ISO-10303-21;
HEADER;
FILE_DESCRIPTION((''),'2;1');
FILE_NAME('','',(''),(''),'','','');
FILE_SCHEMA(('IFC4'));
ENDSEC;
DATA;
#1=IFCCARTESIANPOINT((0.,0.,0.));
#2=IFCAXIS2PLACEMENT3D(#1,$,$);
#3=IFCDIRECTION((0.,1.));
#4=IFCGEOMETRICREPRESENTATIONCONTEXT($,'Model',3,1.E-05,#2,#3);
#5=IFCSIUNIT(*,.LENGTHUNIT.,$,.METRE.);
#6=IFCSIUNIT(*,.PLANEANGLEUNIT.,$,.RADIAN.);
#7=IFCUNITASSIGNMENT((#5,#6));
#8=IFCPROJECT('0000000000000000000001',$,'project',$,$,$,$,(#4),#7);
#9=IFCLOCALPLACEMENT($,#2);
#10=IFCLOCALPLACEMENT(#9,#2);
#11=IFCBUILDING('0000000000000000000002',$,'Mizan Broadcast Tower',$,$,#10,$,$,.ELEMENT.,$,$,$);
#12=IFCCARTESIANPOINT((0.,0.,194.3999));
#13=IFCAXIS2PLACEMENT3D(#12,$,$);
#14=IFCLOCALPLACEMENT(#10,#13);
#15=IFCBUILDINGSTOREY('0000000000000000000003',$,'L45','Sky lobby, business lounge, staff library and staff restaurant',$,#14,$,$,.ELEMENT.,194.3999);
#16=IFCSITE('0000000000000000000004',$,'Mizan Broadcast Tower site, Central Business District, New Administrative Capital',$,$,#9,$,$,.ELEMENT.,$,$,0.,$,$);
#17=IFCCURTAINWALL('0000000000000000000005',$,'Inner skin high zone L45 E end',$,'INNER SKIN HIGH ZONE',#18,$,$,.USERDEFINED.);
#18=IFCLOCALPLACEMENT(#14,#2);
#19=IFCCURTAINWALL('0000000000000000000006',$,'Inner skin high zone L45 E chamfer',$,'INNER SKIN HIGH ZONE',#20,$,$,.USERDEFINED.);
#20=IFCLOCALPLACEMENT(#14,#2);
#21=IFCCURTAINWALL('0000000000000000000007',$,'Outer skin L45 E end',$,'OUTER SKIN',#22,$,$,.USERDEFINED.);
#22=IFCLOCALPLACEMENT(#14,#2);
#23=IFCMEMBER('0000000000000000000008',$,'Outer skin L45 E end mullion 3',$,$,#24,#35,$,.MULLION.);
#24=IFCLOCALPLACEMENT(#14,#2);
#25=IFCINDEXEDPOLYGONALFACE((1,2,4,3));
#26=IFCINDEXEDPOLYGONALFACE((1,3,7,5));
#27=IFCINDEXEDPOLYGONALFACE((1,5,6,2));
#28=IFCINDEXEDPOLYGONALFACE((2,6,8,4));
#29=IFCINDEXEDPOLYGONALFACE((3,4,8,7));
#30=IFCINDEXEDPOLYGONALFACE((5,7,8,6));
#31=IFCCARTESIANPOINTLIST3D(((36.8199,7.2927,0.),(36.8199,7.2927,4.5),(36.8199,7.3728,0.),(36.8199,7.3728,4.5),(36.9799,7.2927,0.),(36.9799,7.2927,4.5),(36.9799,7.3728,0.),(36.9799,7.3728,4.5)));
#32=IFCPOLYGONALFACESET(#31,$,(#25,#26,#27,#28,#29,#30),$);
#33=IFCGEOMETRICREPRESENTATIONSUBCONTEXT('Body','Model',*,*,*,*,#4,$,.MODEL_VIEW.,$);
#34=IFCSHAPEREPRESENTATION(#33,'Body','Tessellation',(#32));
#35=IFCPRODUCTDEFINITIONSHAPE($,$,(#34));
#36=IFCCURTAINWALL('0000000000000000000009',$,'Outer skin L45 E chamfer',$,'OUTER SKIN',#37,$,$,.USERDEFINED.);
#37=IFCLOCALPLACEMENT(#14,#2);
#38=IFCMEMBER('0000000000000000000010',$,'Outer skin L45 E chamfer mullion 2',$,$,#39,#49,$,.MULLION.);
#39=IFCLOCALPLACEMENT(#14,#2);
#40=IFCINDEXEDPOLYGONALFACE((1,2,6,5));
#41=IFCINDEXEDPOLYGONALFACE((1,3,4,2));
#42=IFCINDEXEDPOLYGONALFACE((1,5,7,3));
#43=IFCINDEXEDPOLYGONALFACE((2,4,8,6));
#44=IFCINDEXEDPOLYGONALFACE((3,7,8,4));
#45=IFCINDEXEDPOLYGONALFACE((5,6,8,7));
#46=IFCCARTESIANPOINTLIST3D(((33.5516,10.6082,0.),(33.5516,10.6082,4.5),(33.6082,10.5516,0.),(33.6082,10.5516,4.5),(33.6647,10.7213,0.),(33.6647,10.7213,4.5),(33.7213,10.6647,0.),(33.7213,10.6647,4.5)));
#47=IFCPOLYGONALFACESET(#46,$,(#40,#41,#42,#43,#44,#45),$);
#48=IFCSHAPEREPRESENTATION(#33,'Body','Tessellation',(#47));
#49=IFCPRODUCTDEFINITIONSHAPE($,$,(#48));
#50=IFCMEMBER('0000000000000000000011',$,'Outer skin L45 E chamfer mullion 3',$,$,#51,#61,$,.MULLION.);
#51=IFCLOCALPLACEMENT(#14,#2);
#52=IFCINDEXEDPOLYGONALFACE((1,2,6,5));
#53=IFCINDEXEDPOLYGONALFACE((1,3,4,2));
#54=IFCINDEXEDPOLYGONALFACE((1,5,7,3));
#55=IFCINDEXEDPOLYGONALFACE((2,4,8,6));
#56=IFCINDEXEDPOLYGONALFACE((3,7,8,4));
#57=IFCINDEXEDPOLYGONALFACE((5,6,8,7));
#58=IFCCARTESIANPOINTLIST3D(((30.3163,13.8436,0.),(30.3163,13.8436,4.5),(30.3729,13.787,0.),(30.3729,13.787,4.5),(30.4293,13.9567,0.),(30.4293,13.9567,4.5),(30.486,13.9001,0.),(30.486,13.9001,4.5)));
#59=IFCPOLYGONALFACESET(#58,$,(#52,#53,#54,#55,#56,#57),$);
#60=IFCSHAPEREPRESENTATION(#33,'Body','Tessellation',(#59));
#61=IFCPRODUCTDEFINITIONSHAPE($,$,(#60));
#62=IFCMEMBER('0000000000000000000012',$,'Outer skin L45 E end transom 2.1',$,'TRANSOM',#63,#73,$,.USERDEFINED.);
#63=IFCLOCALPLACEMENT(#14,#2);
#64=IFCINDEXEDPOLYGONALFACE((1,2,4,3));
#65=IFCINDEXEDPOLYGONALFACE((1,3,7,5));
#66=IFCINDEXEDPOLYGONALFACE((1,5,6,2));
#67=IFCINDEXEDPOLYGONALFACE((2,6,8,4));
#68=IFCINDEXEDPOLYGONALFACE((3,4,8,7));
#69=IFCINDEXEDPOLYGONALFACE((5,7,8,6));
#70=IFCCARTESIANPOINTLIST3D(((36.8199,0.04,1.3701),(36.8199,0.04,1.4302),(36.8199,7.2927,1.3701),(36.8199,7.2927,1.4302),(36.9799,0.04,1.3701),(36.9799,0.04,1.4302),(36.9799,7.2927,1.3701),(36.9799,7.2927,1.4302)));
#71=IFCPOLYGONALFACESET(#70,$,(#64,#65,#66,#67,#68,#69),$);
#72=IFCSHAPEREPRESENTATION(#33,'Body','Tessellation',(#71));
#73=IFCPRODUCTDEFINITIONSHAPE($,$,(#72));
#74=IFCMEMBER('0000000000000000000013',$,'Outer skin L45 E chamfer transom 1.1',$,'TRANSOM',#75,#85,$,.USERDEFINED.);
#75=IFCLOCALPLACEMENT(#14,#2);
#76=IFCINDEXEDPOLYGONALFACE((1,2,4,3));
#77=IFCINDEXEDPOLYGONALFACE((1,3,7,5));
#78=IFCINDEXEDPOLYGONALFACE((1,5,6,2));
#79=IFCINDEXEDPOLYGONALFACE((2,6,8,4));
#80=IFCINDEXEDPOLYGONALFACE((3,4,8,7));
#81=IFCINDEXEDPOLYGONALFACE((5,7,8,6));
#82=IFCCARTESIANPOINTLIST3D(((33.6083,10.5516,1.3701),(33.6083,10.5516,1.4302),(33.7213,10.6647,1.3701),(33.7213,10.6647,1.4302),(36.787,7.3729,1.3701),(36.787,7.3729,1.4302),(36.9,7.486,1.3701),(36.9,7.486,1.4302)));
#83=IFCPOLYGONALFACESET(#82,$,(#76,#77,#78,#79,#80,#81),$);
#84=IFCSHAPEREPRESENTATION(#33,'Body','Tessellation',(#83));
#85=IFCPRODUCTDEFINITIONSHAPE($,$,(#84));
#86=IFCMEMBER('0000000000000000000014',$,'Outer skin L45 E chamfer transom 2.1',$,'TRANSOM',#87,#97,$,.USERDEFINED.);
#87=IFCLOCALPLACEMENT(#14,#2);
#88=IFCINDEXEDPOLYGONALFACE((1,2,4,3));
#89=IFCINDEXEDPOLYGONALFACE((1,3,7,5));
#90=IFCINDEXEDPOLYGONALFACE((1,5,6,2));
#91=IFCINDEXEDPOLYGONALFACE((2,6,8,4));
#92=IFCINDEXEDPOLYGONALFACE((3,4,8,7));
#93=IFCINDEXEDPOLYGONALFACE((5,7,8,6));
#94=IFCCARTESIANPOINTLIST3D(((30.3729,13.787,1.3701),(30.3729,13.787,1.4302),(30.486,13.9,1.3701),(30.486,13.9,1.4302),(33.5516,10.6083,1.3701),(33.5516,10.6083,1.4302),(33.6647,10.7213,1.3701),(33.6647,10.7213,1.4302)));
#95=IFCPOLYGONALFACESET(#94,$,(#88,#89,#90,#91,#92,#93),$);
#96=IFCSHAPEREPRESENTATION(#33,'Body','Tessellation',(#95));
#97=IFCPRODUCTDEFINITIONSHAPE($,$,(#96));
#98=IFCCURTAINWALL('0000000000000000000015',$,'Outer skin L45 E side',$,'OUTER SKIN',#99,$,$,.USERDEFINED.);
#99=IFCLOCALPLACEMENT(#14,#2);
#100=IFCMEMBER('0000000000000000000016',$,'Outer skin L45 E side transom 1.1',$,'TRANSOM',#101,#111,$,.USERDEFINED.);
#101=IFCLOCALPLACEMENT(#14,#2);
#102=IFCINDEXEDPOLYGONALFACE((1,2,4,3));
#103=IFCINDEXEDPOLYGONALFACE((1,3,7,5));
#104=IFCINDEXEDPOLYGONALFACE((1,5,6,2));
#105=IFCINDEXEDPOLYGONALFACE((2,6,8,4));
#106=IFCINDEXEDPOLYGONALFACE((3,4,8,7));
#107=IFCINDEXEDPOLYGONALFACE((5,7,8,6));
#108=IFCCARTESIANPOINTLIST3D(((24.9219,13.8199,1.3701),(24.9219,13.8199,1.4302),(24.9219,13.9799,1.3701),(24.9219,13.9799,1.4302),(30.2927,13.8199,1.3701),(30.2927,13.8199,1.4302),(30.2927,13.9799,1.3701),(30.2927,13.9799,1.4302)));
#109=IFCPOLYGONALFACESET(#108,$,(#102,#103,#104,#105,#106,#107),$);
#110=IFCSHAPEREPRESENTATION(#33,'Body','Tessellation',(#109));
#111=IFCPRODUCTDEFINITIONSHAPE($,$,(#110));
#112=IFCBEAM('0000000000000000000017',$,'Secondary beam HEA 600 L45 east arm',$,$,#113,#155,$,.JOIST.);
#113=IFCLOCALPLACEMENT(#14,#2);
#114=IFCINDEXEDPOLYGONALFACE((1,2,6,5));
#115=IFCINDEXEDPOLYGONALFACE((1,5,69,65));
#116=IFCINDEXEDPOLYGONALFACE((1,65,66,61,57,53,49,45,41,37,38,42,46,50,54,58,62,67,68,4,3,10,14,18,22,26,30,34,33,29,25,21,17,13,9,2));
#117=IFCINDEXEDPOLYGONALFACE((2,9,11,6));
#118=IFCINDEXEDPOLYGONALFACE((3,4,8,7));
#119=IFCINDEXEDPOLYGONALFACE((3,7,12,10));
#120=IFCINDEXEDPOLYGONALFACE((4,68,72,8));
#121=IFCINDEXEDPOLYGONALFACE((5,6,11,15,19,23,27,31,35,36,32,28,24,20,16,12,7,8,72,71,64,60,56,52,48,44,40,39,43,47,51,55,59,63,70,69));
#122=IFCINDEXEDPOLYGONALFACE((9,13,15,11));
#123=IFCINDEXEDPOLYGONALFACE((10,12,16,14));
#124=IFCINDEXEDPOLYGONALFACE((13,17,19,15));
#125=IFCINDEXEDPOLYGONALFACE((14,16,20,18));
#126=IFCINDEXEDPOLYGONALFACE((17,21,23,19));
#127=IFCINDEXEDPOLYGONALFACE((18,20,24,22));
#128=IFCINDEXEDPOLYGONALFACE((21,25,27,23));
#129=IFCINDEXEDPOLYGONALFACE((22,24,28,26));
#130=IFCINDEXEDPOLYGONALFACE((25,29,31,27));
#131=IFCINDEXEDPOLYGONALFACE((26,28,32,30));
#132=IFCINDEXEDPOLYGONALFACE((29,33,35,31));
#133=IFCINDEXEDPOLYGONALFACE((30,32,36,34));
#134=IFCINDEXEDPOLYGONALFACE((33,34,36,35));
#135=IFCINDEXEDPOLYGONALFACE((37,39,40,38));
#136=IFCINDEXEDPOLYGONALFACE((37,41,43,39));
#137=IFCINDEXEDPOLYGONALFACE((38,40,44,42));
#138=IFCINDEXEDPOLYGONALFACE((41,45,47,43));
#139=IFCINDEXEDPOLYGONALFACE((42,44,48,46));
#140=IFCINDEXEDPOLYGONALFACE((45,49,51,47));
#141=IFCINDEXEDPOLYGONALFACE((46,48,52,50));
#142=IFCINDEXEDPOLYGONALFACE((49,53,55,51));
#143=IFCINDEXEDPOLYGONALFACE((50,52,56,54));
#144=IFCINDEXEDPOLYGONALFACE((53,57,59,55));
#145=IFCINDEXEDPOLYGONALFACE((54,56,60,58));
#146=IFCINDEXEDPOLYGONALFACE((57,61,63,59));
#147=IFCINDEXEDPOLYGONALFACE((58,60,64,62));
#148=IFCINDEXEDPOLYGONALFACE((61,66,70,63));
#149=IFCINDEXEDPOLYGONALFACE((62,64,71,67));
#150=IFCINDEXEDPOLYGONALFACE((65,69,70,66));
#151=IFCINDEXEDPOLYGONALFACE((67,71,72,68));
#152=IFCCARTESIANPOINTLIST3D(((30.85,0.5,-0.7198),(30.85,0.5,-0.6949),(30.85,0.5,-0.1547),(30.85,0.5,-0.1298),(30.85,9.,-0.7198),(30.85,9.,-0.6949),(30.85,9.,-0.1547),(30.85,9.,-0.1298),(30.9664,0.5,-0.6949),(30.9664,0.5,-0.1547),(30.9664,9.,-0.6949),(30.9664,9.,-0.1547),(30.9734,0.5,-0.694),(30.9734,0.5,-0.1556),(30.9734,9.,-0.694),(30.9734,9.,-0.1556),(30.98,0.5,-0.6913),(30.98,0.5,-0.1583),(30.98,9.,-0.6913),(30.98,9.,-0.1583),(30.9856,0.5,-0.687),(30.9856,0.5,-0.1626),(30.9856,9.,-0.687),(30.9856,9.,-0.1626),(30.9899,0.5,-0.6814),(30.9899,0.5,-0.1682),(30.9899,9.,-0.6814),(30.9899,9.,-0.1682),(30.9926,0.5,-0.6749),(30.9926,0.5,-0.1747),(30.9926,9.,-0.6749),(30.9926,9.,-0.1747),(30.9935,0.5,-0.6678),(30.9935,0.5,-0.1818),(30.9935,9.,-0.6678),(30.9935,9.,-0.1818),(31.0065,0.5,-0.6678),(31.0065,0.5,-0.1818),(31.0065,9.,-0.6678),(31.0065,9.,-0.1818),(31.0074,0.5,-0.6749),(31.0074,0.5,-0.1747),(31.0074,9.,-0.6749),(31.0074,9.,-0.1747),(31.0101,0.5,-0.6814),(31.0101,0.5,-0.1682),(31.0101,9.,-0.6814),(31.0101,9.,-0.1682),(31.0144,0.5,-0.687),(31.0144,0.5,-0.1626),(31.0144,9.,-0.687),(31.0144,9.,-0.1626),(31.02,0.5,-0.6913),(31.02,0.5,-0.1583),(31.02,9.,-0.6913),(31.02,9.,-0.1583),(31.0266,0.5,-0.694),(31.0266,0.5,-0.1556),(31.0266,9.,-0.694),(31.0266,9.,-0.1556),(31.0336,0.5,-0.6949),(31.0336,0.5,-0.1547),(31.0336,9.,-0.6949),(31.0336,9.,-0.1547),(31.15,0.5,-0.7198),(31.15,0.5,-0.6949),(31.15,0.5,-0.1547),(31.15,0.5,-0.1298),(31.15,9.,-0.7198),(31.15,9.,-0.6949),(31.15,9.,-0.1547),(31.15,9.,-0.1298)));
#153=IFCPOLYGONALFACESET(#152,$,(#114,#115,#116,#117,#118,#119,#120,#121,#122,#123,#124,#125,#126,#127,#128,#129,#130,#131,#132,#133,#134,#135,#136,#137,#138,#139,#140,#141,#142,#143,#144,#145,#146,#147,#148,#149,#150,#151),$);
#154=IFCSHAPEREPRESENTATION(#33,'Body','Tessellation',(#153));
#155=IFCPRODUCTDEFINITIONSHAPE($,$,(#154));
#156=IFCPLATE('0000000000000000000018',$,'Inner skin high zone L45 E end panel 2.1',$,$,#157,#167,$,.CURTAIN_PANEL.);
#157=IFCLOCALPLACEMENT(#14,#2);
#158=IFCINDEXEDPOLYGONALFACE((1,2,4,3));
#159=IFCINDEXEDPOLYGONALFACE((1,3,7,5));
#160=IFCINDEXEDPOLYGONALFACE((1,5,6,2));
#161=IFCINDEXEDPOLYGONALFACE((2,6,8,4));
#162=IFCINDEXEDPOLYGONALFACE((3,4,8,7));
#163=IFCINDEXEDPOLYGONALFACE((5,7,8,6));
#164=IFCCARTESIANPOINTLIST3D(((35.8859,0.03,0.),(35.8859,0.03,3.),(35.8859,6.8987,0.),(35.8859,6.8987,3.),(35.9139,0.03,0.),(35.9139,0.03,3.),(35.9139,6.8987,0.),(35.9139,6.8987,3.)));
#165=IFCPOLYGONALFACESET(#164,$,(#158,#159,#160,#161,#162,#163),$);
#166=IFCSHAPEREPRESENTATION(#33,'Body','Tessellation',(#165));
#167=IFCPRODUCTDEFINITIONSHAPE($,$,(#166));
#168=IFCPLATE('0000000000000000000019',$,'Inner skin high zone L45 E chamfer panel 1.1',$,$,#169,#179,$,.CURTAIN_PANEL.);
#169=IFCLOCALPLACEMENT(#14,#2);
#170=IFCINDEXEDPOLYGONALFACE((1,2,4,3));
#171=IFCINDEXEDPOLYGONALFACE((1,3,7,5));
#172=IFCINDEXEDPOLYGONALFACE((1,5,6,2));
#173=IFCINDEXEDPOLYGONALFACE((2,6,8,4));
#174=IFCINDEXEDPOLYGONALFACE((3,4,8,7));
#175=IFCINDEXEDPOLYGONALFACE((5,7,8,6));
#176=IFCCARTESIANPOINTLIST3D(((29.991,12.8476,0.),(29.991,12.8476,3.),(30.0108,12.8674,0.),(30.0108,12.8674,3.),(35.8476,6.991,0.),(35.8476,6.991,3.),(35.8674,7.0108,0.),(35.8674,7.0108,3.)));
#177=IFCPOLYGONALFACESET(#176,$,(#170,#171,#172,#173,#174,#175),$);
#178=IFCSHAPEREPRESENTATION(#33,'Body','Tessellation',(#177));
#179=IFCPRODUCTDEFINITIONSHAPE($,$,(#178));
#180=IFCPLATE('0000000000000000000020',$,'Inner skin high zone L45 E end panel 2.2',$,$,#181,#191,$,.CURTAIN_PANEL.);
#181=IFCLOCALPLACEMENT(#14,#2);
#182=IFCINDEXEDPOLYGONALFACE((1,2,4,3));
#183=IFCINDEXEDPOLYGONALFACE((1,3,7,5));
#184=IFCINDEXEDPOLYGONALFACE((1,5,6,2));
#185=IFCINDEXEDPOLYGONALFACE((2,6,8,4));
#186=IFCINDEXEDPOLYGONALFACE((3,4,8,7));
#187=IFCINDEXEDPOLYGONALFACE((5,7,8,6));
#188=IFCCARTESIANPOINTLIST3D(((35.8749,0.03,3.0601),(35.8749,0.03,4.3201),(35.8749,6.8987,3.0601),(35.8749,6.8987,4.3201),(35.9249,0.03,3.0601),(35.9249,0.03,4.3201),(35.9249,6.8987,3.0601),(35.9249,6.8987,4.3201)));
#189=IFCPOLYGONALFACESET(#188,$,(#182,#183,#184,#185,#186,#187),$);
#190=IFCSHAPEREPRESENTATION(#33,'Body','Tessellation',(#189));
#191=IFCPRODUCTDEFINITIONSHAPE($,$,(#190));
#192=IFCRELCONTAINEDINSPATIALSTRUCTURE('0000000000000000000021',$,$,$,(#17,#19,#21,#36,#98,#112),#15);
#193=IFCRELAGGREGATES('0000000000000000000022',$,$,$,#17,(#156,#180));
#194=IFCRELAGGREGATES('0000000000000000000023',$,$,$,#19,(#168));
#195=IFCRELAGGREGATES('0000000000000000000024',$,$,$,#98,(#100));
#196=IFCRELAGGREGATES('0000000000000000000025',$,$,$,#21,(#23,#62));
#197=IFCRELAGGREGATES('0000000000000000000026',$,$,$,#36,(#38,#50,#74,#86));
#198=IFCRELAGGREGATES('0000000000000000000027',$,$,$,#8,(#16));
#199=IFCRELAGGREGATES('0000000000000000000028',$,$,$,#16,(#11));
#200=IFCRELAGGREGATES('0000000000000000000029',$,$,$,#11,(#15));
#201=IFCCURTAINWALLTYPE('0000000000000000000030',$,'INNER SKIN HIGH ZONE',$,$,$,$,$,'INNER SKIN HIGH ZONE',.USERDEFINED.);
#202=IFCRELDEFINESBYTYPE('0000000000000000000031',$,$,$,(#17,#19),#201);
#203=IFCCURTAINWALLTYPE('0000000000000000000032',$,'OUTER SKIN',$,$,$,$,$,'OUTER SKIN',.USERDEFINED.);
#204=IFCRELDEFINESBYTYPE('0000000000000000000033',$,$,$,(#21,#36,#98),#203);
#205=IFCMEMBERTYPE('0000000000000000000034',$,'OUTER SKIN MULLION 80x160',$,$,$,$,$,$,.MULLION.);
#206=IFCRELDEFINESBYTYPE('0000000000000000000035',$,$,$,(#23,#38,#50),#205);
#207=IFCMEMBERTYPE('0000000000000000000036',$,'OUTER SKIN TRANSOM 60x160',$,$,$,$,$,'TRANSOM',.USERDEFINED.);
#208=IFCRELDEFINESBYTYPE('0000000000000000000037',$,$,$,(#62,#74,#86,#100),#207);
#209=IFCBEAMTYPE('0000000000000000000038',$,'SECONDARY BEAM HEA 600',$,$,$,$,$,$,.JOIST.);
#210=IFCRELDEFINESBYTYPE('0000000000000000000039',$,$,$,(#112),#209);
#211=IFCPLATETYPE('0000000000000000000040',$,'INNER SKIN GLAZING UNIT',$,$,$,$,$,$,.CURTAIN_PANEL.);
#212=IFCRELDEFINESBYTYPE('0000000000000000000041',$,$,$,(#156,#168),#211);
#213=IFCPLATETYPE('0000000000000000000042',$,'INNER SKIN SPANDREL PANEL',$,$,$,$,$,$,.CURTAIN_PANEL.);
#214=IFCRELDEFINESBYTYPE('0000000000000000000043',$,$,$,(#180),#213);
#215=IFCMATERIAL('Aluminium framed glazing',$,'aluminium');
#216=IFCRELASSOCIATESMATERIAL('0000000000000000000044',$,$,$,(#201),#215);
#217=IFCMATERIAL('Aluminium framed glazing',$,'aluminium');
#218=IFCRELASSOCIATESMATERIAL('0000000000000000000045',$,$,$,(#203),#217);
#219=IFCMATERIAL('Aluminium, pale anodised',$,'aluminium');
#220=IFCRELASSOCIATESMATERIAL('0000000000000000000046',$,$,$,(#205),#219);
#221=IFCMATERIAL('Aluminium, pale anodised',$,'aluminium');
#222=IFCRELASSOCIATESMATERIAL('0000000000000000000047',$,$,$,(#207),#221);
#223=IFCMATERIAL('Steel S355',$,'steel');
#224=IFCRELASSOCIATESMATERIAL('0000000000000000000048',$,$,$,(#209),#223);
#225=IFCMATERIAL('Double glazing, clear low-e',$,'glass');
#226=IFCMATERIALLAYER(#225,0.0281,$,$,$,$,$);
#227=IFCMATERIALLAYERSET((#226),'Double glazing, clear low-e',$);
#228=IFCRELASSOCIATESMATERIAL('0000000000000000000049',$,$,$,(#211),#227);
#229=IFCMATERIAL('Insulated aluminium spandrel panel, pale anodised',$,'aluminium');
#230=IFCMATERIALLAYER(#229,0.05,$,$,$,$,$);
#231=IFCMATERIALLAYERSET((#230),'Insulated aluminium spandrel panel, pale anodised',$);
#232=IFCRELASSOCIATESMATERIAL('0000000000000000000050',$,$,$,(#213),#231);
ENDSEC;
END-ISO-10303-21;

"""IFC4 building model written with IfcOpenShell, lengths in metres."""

from ifc_helpers import new_model, si_unit, direction, frame, origin, origin_2d, place, context, subcontext, project, spatial, rectangle, i_section, extrude, material, layer, layer_set, material_profile, profile_set, type_object, element, aggregate, save


model = new_model("IFC4")

# Units and contexts
model_context = context("Model", 3, precision=1e-05, world=origin(), true_north=direction((0.0, 1.0)))
body_context = subcontext(model_context, "Body", "Model", "MODEL_VIEW")
ifc_project = project(units=[si_unit("LENGTHUNIT", "METRE"), si_unit("PLANEANGLEUNIT", "RADIAN")], contexts=[model_context])

# Site, building, storey
site_placement = place(None, origin())
site = spatial("IfcSite", under=ifc_project, at=site_placement, Name="Mizan Broadcast Tower site, Central Business District, New Administrative Capital", CompositionType="ELEMENT", RefElevation=0.0)
building_placement = place(site_placement, origin())
building = spatial("IfcBuilding", under=site, at=building_placement, Name="Mizan Broadcast Tower", CompositionType="ELEMENT")
storey_placement = place(building_placement, frame((0.0, 0.0, 194.3999)))
storey = spatial("IfcBuildingStorey", under=building, at=storey_placement, Name="L45", Description="Sky lobby, business lounge, staff library and staff restaurant", CompositionType="ELEMENT", Elevation=194.3999)

# Curtain wall
ifc_material_1 = material(Name="Aluminium framed glazing", Category="aluminium")
curtain_wall_type_1 = type_object("IfcCurtainWallType", Name="INNER SKIN HIGH ZONE", ElementType="INNER SKIN HIGH ZONE", PredefinedType="USERDEFINED", material=ifc_material_1)
curtain_wall_1_placement = place(storey_placement, origin())
curtain_wall_1 = element("IfcCurtainWall", 1, at=curtain_wall_1_placement, inside=storey, type_object=curtain_wall_type_1, Name="Inner skin high zone L45 E end", ObjectType="INNER SKIN HIGH ZONE", PredefinedType="USERDEFINED")

# Curtain wall
curtain_wall_2_placement = place(storey_placement, origin())
curtain_wall_2 = element("IfcCurtainWall", 2, at=curtain_wall_2_placement, inside=storey, type_object=curtain_wall_type_1, Name="Inner skin high zone L45 E chamfer", ObjectType="INNER SKIN HIGH ZONE", PredefinedType="USERDEFINED")

# Curtain walls, members
ifc_material_2 = material(Name="Aluminium framed glazing", Category="aluminium")
curtain_wall_type_2 = type_object("IfcCurtainWallType", Name="OUTER SKIN", ElementType="OUTER SKIN", PredefinedType="USERDEFINED", material=ifc_material_2)
curtain_wall_3_placement = place(storey_placement, origin())
curtain_wall_3 = element("IfcCurtainWall", 3, at=curtain_wall_3_placement, inside=storey, type_object=curtain_wall_type_2, Name="Outer skin L45 E end", ObjectType="OUTER SKIN", PredefinedType="USERDEFINED")
ifc_material_3 = material(Name="Aluminium, pale anodised", Category="aluminium")
ifc_material_profile_1 = material_profile(ifc_material_3, rectangle(XDim=0.1599, YDim=0.0801, at=origin_2d()), Name="MULLION 160x80")
ifc_profile_set_1 = profile_set([ifc_material_profile_1], Name="Aluminium, pale anodised")
member_type_1 = type_object("IfcMemberType", Name="OUTER SKIN MULLION 80x160", PredefinedType="MULLION", material=ifc_profile_set_1)
member_1_placement = place(storey_placement, frame((36.8999, 7.3328, 0.0), z_axis=(0.0, 0.0, 1.0), x_axis=(-1.0, 0.0, 0.0)))
member_1 = element("IfcMember", 4, at=member_1_placement, type_object=member_type_1, Name="Outer skin L45 E end mullion 3", PredefinedType="MULLION", context=body_context, shape_type="SweptSolid", body=[
    extrude(rectangle(XDim=0.1599, YDim=0.0801, at=origin_2d()), origin(), (0.0, 0.0, 1.0), 4.5),
])
curtain_wall_4_placement = place(storey_placement, origin())
curtain_wall_4 = element("IfcCurtainWall", 5, at=curtain_wall_4_placement, inside=storey, type_object=curtain_wall_type_2, Name="Outer skin L45 E chamfer", ObjectType="OUTER SKIN", PredefinedType="USERDEFINED")
member_2_placement = place(storey_placement, frame((33.6365, 10.6365, 0.0), z_axis=(0.0, 0.0, 1.0), x_axis=(-0.707107, -0.707107, 0.0)))
member_2 = element("IfcMember", 6, at=member_2_placement, type_object=member_type_1, Name="Outer skin L45 E chamfer mullion 2", PredefinedType="MULLION", context=body_context, shape_type="SweptSolid", body=[
    extrude(rectangle(XDim=0.1599, YDim=0.0801, at=origin_2d()), origin(), (0.0, 0.0, 1.0), 4.5),
])
member_3_placement = place(storey_placement, frame((30.4011, 13.8718, 0.0), z_axis=(0.0, 0.0, 1.0), x_axis=(-0.707107, -0.707107, 0.0)))
member_3 = element("IfcMember", 7, at=member_3_placement, type_object=member_type_1, Name="Outer skin L45 E chamfer mullion 3", PredefinedType="MULLION", context=body_context, shape_type="SweptSolid", body=[
    extrude(rectangle(XDim=0.1599, YDim=0.0801, at=origin_2d()), origin(), (0.0, 0.0, 1.0), 4.5),
])

# Members
ifc_material_4 = material(Name="Aluminium, pale anodised", Category="aluminium")
ifc_material_profile_2 = material_profile(ifc_material_4, rectangle(XDim=0.1599, YDim=0.0601, at=origin_2d()), Name="TRANSOM 160x60")
ifc_profile_set_2 = profile_set([ifc_material_profile_2], Name="Aluminium, pale anodised")
member_type_2 = type_object("IfcMemberType", Name="OUTER SKIN TRANSOM 60x160", ElementType="TRANSOM", PredefinedType="USERDEFINED", material=ifc_profile_set_2)
member_4_placement = place(storey_placement, frame((36.8999, 0.04, 1.4001), z_axis=(0.0, 1.0, 0.0), x_axis=(-1.0, 0.0, 0.0)))
member_4 = element("IfcMember", 8, at=member_4_placement, type_object=member_type_2, Name="Outer skin L45 E end transom 2.1", ObjectType="TRANSOM", PredefinedType="USERDEFINED", context=body_context, shape_type="SweptSolid", body=[
    extrude(rectangle(XDim=0.1599, YDim=0.0601, at=origin_2d()), origin(), (0.0, 0.0, 1.0), 7.2527),
])
member_5_placement = place(storey_placement, frame((36.8435, 7.4294, 1.4001), z_axis=(-0.707107, 0.707107, 0.0), x_axis=(-0.707107, -0.707107, 0.0)))
member_5 = element("IfcMember", 9, at=member_5_placement, type_object=member_type_2, Name="Outer skin L45 E chamfer transom 1.1", ObjectType="TRANSOM", PredefinedType="USERDEFINED", context=body_context, shape_type="SweptSolid", body=[
    extrude(rectangle(XDim=0.1599, YDim=0.0601, at=origin_2d()), origin(), (0.0, 0.0, 1.0), 4.4954),
])
member_6_placement = place(storey_placement, frame((33.6082, 10.6648, 1.4001), z_axis=(-0.707107, 0.707107, 0.0), x_axis=(-0.707107, -0.707107, 0.0)))
member_6 = element("IfcMember", 10, at=member_6_placement, type_object=member_type_2, Name="Outer skin L45 E chamfer transom 2.1", ObjectType="TRANSOM", PredefinedType="USERDEFINED", context=body_context, shape_type="SweptSolid", body=[
    extrude(rectangle(XDim=0.1599, YDim=0.0601, at=origin_2d()), origin(), (0.0, 0.0, 1.0), 4.4954),
])

# Curtain wall, member
curtain_wall_5_placement = place(storey_placement, origin())
curtain_wall_5 = element("IfcCurtainWall", 11, at=curtain_wall_5_placement, inside=storey, type_object=curtain_wall_type_2, Name="Outer skin L45 E side", ObjectType="OUTER SKIN", PredefinedType="USERDEFINED")
member_7_placement = place(storey_placement, frame((30.2927, 13.8999, 1.4001), z_axis=(-1.0, 0.0, 0.0), x_axis=(0.0, -1.0, 0.0)))
member_7 = element("IfcMember", 12, at=member_7_placement, type_object=member_type_2, Name="Outer skin L45 E side transom 1.1", ObjectType="TRANSOM", PredefinedType="USERDEFINED", context=body_context, shape_type="SweptSolid", body=[
    extrude(rectangle(XDim=0.1599, YDim=0.0601, at=origin_2d()), origin(), (0.0, 0.0, 1.0), 5.3708),
])

# Beam
ifc_material_5 = material(Name="Steel S355", Category="steel")
ifc_material_profile_3 = material_profile(ifc_material_5, i_section(OverallWidth=0.3, OverallDepth=0.5901, WebThickness=0.0129, FlangeThickness=0.0249, FilletRadius=0.0271, at=origin_2d()), Name="HEA 600")
ifc_profile_set_3 = profile_set([ifc_material_profile_3], Name="Steel S355")
beam_type_1 = type_object("IfcBeamType", Name="SECONDARY BEAM HEA 600", PredefinedType="JOIST", material=ifc_profile_set_3)
beam_1_placement = place(storey_placement, frame((31.0, 9.0, -0.4248), z_axis=(0.0, -1.0, 0.0), x_axis=(1.0, 0.0, 0.0)))
element("IfcBeam", 13, at=beam_1_placement, inside=storey, type_object=beam_type_1, Name="Secondary beam HEA 600 L45 east arm", PredefinedType="JOIST", context=body_context, shape_type="SweptSolid", body=[
    extrude(i_section(OverallWidth=0.3, OverallDepth=0.5901, WebThickness=0.0129, FlangeThickness=0.0249, FilletRadius=0.0271, at=origin_2d()), origin(), (0.0, 0.0, 1.0), 8.5),
])

# Plates
ifc_material_6 = material(Name="Double glazing, clear low-e", Category="glass")
ifc_layer_1 = layer(ifc_material_6, 0.0281)
ifc_layer_set_1 = layer_set([ifc_layer_1], Name="Double glazing, clear low-e")
plate_type_1 = type_object("IfcPlateType", Name="INNER SKIN GLAZING UNIT", PredefinedType="CURTAIN_PANEL", material=ifc_layer_set_1)
plate_1_placement = place(storey_placement, frame((35.8999, 3.4644, 0.0), z_axis=(0.0, 0.0, 1.0), x_axis=(0.0, 1.0, 0.0)))
plate_1 = element("IfcPlate", 14, at=plate_1_placement, type_object=plate_type_1, Name="Inner skin high zone L45 E end panel 2.1", PredefinedType="CURTAIN_PANEL", context=body_context, shape_type="SweptSolid", body=[
    extrude(rectangle(XDim=6.8687, YDim=0.0281, at=origin_2d()), origin(), (0.0, 0.0, 1.0), 3.0),
])
plate_2_placement = place(storey_placement, frame((32.9292, 9.9292, 0.0), z_axis=(0.0, 0.0, 1.0), x_axis=(-0.707107, 0.707107, 0.0)))
plate_2 = element("IfcPlate", 15, at=plate_2_placement, type_object=plate_type_1, Name="Inner skin high zone L45 E chamfer panel 1.1", PredefinedType="CURTAIN_PANEL", context=body_context, shape_type="SweptSolid", body=[
    extrude(rectangle(XDim=8.2825, YDim=0.0281, at=origin_2d()), origin(), (0.0, 0.0, 1.0), 3.0),
])
ifc_material_7 = material(Name="Insulated aluminium spandrel panel, pale anodised", Category="aluminium")
ifc_layer_2 = layer(ifc_material_7, 0.05)
ifc_layer_set_2 = layer_set([ifc_layer_2], Name="Insulated aluminium spandrel panel, pale anodised")
plate_type_2 = type_object("IfcPlateType", Name="INNER SKIN SPANDREL PANEL", PredefinedType="CURTAIN_PANEL", material=ifc_layer_set_2)
plate_3_placement = place(storey_placement, frame((35.8999, 3.4644, 3.0601), z_axis=(0.0, 0.0, 1.0), x_axis=(0.0, 1.0, 0.0)))
plate_3 = element("IfcPlate", 16, at=plate_3_placement, type_object=plate_type_2, Name="Inner skin high zone L45 E end panel 2.2", PredefinedType="CURTAIN_PANEL", context=body_context, shape_type="SweptSolid", body=[
    extrude(rectangle(XDim=6.8687, YDim=0.05, at=origin_2d()), origin(), (0.0, 0.0, 1.0), 1.26),
])
aggregate(curtain_wall_1, [plate_1, plate_3])
aggregate(curtain_wall_2, [plate_2])
aggregate(curtain_wall_5, [member_7])
aggregate(curtain_wall_3, [member_1, member_4])
aggregate(curtain_wall_4, [member_2, member_3, member_5, member_6])

save(model, "model.ifc")
